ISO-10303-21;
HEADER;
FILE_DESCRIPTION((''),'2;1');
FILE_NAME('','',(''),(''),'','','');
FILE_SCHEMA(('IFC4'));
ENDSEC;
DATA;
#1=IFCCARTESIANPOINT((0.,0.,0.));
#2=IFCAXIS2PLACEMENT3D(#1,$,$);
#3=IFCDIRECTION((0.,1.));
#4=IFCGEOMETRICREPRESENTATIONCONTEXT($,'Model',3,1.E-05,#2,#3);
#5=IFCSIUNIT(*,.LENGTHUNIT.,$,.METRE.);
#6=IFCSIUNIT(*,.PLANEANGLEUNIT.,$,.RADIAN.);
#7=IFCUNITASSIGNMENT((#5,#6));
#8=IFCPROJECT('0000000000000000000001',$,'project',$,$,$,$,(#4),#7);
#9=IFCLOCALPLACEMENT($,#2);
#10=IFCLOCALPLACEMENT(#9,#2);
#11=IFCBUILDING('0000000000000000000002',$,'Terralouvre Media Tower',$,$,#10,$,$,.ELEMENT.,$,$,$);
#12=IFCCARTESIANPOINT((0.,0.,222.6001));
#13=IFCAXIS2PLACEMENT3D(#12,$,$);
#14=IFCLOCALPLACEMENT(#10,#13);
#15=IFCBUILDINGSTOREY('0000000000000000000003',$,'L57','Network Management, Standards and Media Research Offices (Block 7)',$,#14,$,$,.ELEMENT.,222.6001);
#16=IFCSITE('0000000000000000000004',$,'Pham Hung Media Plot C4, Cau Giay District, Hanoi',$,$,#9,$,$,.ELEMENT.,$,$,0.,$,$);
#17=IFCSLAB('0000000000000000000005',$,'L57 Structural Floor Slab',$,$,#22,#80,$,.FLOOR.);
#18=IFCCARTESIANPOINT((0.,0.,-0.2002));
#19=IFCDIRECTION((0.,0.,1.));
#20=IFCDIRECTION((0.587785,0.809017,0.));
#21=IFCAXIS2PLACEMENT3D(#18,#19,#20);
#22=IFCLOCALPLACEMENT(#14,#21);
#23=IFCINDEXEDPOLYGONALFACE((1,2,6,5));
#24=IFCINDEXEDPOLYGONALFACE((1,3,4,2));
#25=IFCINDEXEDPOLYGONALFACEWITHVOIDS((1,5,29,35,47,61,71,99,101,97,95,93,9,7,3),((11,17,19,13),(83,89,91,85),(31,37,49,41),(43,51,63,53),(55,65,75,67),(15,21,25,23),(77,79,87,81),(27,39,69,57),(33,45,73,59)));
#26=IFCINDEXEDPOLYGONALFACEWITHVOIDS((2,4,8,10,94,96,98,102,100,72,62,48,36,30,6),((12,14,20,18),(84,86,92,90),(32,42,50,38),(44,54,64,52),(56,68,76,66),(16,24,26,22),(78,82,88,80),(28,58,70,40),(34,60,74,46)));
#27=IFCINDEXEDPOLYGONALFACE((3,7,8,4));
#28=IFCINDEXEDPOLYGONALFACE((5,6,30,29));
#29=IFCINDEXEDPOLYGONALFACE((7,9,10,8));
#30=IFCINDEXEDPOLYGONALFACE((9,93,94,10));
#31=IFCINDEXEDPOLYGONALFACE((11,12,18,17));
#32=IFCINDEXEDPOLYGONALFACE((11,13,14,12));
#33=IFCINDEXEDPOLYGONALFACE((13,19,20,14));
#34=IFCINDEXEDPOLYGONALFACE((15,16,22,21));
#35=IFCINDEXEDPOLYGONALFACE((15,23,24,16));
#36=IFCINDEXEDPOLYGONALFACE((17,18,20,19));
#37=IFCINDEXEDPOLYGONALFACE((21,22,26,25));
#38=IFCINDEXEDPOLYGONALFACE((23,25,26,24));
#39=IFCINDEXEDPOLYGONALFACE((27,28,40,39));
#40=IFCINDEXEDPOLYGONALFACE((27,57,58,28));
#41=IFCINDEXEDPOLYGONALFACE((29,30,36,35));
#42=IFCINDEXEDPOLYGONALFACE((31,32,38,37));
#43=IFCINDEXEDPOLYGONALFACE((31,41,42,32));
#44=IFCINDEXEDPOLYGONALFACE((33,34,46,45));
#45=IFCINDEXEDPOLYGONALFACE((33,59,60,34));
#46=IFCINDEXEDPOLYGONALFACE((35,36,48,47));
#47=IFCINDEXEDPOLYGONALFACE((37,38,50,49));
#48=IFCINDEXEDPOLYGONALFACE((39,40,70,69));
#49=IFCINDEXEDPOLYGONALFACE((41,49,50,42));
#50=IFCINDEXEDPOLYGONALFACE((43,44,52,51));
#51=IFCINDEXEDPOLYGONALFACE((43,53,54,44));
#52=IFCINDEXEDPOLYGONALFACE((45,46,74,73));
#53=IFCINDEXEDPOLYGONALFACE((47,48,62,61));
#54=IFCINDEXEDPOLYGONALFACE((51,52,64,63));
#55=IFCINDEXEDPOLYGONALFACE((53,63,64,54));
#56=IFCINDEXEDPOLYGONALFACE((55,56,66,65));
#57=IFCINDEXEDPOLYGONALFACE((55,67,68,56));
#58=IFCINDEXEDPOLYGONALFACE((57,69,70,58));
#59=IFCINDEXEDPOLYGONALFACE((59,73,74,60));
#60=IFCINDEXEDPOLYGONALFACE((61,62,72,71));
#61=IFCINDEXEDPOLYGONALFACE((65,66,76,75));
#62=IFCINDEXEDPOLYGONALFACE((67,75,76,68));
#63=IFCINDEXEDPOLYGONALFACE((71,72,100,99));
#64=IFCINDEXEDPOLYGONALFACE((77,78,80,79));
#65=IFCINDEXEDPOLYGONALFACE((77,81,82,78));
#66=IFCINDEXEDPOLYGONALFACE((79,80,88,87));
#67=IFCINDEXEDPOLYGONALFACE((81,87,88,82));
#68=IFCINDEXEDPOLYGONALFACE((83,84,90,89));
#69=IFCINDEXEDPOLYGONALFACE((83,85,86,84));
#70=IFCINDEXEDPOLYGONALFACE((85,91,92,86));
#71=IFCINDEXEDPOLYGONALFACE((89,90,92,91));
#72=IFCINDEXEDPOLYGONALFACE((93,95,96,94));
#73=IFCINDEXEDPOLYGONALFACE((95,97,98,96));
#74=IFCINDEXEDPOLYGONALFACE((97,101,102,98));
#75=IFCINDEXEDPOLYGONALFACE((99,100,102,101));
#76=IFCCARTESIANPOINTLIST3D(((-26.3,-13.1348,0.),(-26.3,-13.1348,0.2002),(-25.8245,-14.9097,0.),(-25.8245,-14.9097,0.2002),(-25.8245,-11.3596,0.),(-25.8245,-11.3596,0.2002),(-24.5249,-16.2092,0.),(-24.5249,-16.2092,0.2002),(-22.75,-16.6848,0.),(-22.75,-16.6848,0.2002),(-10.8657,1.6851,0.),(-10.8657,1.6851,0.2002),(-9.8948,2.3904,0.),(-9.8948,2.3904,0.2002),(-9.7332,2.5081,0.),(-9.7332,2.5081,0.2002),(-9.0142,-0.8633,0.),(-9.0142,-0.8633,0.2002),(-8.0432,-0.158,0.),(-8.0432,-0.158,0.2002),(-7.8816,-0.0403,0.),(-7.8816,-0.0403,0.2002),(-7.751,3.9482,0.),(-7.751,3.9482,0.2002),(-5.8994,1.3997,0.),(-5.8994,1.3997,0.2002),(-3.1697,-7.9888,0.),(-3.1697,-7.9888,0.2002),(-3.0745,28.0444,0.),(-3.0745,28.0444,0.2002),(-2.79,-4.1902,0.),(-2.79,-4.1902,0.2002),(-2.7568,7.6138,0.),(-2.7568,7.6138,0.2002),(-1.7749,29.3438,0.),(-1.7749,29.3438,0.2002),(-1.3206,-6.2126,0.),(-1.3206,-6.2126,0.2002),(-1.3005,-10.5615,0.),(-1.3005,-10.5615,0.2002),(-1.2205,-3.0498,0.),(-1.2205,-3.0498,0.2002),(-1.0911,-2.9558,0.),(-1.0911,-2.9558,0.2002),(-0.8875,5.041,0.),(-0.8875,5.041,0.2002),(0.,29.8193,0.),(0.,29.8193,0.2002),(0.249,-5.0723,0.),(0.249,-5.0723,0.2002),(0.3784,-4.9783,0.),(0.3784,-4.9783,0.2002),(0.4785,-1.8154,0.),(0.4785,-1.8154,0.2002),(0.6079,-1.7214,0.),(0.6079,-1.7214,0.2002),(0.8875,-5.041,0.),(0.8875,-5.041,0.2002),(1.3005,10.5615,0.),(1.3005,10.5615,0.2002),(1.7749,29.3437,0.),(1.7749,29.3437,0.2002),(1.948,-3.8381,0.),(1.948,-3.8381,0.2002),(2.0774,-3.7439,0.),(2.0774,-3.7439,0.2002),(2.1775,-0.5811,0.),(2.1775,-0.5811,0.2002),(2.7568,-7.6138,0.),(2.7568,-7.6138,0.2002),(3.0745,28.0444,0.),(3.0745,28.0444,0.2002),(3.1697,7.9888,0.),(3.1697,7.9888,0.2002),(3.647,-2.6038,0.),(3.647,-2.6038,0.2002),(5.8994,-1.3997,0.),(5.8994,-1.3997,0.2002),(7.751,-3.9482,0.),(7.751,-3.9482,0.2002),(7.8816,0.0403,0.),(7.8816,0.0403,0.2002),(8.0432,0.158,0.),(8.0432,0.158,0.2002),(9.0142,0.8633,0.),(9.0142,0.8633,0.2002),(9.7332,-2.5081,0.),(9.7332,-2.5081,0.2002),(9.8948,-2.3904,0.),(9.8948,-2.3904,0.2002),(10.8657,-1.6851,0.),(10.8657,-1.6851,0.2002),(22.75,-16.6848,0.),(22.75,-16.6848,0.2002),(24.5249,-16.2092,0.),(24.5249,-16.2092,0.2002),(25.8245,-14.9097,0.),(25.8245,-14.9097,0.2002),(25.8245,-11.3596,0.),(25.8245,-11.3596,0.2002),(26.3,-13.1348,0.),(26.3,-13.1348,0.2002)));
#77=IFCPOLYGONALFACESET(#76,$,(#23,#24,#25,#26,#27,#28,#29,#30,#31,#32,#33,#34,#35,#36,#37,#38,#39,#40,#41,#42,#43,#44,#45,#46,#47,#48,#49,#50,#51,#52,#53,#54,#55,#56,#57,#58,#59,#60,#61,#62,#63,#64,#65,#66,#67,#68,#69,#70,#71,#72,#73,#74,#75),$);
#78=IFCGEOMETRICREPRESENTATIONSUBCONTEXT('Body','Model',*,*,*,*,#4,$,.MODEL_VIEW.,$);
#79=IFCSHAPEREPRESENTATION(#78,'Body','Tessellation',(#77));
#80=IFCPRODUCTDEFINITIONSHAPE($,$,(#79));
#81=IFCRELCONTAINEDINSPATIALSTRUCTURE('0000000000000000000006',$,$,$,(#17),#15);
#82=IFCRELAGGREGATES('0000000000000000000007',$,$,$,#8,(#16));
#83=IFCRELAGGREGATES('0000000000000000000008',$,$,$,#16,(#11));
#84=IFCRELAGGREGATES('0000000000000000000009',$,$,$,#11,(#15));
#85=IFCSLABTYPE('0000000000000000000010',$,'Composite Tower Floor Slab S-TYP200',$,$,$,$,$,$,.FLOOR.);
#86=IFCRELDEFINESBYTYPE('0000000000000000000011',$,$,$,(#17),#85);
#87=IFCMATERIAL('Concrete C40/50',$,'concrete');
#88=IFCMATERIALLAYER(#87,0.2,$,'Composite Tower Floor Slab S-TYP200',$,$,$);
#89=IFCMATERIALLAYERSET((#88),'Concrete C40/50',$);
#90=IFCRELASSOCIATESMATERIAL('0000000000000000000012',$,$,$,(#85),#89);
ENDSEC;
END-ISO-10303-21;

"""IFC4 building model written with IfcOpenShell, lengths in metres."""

from ifc_helpers import new_model, si_unit, direction, frame, origin, place, context, subcontext, project, spatial, polyline, outline, extrude, material, layer, layer_set, type_object, element, save


model = new_model("IFC4")

# Units and contexts
model_context = context("Model", 3, precision=1e-05, world=origin(), true_north=direction((0.0, 1.0)))
body_context = subcontext(model_context, "Body", "Model", "MODEL_VIEW")
ifc_project = project(units=[si_unit("LENGTHUNIT", "METRE"), si_unit("PLANEANGLEUNIT", "RADIAN")], contexts=[model_context])

# Site, building, storey
site_placement = place(None, origin())
site = spatial("IfcSite", under=ifc_project, at=site_placement, Name="Pham Hung Media Plot C4, Cau Giay District, Hanoi", CompositionType="ELEMENT", RefElevation=0.0)
building_placement = place(site_placement, origin())
building = spatial("IfcBuilding", under=site, at=building_placement, Name="Terralouvre Media Tower", CompositionType="ELEMENT")
storey_placement = place(building_placement, frame((0.0, 0.0, 222.6001)))
storey = spatial("IfcBuildingStorey", under=building, at=storey_placement, Name="L57", Description="Network Management, Standards and Media Research Offices (Block 7)", CompositionType="ELEMENT", Elevation=222.6001)

# Slab
ifc_material_1 = material(Name="Concrete C40/50", Category="concrete")
ifc_layer_1 = layer(ifc_material_1, 0.2, Name="Composite Tower Floor Slab S-TYP200")
ifc_layer_set_1 = layer_set([ifc_layer_1], Name="Concrete C40/50")
slab_type = type_object("IfcSlabType", Name="Composite Tower Floor Slab S-TYP200", PredefinedType="FLOOR", material=ifc_layer_set_1)
slab_placement = place(storey_placement, frame((0.0, 0.0, -0.2002), z_axis=(0.0, 0.0, 1.0), x_axis=(0.587785, 0.809017, 0.0)))
element("IfcSlab", 1, at=slab_placement, inside=storey, type_object=slab_type, Name="L57 Structural Floor Slab", PredefinedType="FLOOR", context=body_context, shape_type="SweptSolid", body=[
    extrude(outline(polyline([(-25.8245, -11.3596), (-26.3, -13.1348), (-25.8245, -14.9097), (-24.5249, -16.2092), (-22.75, -16.6848), (22.75, -16.6848), (24.5249, -16.2092), (25.8245, -14.9097), (26.3, -13.1348), (25.8245, -11.3596), (3.0745, 28.0444), (1.7749, 29.3438), (0.0, 29.8193), (-1.7749, 29.3438), (-3.0745, 28.0444), (-25.8245, -11.3596)]), holes=[polyline([(-8.0432, -0.158), (-9.0142, -0.8633), (-10.8657, 1.6851), (-9.8948, 2.3904), (-8.0432, -0.158)]), polyline([(-5.8994, 1.3997), (-7.8816, -0.0403), (-9.7332, 2.5081), (-7.751, 3.9482), (-5.8994, 1.3997)]), polyline([(-3.1697, -7.9888), (0.8875, -5.041), (2.7568, -7.6138), (-1.3005, -10.5615), (-3.1697, -7.9888)]), polyline([(0.249, -5.0723), (-1.3206, -6.2126), (-2.79, -4.1902), (-1.2205, -3.0498), (0.249, -5.0723)]), polyline([(1.948, -3.8381), (0.3784, -4.9783), (-1.0911, -2.9558), (0.4785, -1.8154), (1.948, -3.8381)]), polyline([(3.647, -2.6038), (2.0774, -3.7439), (0.6079, -1.7214), (2.1775, -0.5811), (3.647, -2.6038)]), polyline([(3.1697, 7.9888), (-0.8875, 5.041), (-2.7568, 7.6138), (1.3005, 10.5615), (3.1697, 7.9888)]), polyline([(7.751, -3.9482), (5.8994, -1.3997), (7.8816, 0.0403), (9.7332, -2.5081), (7.751, -3.9482)]), polyline([(9.8948, -2.3904), (8.0432, 0.158), (9.0142, 0.8633), (10.8657, -1.6851), (9.8948, -2.3904)])]), origin(), (0.0, 0.0, 1.0), 0.2002),
])

save(model, "model.ifc")
